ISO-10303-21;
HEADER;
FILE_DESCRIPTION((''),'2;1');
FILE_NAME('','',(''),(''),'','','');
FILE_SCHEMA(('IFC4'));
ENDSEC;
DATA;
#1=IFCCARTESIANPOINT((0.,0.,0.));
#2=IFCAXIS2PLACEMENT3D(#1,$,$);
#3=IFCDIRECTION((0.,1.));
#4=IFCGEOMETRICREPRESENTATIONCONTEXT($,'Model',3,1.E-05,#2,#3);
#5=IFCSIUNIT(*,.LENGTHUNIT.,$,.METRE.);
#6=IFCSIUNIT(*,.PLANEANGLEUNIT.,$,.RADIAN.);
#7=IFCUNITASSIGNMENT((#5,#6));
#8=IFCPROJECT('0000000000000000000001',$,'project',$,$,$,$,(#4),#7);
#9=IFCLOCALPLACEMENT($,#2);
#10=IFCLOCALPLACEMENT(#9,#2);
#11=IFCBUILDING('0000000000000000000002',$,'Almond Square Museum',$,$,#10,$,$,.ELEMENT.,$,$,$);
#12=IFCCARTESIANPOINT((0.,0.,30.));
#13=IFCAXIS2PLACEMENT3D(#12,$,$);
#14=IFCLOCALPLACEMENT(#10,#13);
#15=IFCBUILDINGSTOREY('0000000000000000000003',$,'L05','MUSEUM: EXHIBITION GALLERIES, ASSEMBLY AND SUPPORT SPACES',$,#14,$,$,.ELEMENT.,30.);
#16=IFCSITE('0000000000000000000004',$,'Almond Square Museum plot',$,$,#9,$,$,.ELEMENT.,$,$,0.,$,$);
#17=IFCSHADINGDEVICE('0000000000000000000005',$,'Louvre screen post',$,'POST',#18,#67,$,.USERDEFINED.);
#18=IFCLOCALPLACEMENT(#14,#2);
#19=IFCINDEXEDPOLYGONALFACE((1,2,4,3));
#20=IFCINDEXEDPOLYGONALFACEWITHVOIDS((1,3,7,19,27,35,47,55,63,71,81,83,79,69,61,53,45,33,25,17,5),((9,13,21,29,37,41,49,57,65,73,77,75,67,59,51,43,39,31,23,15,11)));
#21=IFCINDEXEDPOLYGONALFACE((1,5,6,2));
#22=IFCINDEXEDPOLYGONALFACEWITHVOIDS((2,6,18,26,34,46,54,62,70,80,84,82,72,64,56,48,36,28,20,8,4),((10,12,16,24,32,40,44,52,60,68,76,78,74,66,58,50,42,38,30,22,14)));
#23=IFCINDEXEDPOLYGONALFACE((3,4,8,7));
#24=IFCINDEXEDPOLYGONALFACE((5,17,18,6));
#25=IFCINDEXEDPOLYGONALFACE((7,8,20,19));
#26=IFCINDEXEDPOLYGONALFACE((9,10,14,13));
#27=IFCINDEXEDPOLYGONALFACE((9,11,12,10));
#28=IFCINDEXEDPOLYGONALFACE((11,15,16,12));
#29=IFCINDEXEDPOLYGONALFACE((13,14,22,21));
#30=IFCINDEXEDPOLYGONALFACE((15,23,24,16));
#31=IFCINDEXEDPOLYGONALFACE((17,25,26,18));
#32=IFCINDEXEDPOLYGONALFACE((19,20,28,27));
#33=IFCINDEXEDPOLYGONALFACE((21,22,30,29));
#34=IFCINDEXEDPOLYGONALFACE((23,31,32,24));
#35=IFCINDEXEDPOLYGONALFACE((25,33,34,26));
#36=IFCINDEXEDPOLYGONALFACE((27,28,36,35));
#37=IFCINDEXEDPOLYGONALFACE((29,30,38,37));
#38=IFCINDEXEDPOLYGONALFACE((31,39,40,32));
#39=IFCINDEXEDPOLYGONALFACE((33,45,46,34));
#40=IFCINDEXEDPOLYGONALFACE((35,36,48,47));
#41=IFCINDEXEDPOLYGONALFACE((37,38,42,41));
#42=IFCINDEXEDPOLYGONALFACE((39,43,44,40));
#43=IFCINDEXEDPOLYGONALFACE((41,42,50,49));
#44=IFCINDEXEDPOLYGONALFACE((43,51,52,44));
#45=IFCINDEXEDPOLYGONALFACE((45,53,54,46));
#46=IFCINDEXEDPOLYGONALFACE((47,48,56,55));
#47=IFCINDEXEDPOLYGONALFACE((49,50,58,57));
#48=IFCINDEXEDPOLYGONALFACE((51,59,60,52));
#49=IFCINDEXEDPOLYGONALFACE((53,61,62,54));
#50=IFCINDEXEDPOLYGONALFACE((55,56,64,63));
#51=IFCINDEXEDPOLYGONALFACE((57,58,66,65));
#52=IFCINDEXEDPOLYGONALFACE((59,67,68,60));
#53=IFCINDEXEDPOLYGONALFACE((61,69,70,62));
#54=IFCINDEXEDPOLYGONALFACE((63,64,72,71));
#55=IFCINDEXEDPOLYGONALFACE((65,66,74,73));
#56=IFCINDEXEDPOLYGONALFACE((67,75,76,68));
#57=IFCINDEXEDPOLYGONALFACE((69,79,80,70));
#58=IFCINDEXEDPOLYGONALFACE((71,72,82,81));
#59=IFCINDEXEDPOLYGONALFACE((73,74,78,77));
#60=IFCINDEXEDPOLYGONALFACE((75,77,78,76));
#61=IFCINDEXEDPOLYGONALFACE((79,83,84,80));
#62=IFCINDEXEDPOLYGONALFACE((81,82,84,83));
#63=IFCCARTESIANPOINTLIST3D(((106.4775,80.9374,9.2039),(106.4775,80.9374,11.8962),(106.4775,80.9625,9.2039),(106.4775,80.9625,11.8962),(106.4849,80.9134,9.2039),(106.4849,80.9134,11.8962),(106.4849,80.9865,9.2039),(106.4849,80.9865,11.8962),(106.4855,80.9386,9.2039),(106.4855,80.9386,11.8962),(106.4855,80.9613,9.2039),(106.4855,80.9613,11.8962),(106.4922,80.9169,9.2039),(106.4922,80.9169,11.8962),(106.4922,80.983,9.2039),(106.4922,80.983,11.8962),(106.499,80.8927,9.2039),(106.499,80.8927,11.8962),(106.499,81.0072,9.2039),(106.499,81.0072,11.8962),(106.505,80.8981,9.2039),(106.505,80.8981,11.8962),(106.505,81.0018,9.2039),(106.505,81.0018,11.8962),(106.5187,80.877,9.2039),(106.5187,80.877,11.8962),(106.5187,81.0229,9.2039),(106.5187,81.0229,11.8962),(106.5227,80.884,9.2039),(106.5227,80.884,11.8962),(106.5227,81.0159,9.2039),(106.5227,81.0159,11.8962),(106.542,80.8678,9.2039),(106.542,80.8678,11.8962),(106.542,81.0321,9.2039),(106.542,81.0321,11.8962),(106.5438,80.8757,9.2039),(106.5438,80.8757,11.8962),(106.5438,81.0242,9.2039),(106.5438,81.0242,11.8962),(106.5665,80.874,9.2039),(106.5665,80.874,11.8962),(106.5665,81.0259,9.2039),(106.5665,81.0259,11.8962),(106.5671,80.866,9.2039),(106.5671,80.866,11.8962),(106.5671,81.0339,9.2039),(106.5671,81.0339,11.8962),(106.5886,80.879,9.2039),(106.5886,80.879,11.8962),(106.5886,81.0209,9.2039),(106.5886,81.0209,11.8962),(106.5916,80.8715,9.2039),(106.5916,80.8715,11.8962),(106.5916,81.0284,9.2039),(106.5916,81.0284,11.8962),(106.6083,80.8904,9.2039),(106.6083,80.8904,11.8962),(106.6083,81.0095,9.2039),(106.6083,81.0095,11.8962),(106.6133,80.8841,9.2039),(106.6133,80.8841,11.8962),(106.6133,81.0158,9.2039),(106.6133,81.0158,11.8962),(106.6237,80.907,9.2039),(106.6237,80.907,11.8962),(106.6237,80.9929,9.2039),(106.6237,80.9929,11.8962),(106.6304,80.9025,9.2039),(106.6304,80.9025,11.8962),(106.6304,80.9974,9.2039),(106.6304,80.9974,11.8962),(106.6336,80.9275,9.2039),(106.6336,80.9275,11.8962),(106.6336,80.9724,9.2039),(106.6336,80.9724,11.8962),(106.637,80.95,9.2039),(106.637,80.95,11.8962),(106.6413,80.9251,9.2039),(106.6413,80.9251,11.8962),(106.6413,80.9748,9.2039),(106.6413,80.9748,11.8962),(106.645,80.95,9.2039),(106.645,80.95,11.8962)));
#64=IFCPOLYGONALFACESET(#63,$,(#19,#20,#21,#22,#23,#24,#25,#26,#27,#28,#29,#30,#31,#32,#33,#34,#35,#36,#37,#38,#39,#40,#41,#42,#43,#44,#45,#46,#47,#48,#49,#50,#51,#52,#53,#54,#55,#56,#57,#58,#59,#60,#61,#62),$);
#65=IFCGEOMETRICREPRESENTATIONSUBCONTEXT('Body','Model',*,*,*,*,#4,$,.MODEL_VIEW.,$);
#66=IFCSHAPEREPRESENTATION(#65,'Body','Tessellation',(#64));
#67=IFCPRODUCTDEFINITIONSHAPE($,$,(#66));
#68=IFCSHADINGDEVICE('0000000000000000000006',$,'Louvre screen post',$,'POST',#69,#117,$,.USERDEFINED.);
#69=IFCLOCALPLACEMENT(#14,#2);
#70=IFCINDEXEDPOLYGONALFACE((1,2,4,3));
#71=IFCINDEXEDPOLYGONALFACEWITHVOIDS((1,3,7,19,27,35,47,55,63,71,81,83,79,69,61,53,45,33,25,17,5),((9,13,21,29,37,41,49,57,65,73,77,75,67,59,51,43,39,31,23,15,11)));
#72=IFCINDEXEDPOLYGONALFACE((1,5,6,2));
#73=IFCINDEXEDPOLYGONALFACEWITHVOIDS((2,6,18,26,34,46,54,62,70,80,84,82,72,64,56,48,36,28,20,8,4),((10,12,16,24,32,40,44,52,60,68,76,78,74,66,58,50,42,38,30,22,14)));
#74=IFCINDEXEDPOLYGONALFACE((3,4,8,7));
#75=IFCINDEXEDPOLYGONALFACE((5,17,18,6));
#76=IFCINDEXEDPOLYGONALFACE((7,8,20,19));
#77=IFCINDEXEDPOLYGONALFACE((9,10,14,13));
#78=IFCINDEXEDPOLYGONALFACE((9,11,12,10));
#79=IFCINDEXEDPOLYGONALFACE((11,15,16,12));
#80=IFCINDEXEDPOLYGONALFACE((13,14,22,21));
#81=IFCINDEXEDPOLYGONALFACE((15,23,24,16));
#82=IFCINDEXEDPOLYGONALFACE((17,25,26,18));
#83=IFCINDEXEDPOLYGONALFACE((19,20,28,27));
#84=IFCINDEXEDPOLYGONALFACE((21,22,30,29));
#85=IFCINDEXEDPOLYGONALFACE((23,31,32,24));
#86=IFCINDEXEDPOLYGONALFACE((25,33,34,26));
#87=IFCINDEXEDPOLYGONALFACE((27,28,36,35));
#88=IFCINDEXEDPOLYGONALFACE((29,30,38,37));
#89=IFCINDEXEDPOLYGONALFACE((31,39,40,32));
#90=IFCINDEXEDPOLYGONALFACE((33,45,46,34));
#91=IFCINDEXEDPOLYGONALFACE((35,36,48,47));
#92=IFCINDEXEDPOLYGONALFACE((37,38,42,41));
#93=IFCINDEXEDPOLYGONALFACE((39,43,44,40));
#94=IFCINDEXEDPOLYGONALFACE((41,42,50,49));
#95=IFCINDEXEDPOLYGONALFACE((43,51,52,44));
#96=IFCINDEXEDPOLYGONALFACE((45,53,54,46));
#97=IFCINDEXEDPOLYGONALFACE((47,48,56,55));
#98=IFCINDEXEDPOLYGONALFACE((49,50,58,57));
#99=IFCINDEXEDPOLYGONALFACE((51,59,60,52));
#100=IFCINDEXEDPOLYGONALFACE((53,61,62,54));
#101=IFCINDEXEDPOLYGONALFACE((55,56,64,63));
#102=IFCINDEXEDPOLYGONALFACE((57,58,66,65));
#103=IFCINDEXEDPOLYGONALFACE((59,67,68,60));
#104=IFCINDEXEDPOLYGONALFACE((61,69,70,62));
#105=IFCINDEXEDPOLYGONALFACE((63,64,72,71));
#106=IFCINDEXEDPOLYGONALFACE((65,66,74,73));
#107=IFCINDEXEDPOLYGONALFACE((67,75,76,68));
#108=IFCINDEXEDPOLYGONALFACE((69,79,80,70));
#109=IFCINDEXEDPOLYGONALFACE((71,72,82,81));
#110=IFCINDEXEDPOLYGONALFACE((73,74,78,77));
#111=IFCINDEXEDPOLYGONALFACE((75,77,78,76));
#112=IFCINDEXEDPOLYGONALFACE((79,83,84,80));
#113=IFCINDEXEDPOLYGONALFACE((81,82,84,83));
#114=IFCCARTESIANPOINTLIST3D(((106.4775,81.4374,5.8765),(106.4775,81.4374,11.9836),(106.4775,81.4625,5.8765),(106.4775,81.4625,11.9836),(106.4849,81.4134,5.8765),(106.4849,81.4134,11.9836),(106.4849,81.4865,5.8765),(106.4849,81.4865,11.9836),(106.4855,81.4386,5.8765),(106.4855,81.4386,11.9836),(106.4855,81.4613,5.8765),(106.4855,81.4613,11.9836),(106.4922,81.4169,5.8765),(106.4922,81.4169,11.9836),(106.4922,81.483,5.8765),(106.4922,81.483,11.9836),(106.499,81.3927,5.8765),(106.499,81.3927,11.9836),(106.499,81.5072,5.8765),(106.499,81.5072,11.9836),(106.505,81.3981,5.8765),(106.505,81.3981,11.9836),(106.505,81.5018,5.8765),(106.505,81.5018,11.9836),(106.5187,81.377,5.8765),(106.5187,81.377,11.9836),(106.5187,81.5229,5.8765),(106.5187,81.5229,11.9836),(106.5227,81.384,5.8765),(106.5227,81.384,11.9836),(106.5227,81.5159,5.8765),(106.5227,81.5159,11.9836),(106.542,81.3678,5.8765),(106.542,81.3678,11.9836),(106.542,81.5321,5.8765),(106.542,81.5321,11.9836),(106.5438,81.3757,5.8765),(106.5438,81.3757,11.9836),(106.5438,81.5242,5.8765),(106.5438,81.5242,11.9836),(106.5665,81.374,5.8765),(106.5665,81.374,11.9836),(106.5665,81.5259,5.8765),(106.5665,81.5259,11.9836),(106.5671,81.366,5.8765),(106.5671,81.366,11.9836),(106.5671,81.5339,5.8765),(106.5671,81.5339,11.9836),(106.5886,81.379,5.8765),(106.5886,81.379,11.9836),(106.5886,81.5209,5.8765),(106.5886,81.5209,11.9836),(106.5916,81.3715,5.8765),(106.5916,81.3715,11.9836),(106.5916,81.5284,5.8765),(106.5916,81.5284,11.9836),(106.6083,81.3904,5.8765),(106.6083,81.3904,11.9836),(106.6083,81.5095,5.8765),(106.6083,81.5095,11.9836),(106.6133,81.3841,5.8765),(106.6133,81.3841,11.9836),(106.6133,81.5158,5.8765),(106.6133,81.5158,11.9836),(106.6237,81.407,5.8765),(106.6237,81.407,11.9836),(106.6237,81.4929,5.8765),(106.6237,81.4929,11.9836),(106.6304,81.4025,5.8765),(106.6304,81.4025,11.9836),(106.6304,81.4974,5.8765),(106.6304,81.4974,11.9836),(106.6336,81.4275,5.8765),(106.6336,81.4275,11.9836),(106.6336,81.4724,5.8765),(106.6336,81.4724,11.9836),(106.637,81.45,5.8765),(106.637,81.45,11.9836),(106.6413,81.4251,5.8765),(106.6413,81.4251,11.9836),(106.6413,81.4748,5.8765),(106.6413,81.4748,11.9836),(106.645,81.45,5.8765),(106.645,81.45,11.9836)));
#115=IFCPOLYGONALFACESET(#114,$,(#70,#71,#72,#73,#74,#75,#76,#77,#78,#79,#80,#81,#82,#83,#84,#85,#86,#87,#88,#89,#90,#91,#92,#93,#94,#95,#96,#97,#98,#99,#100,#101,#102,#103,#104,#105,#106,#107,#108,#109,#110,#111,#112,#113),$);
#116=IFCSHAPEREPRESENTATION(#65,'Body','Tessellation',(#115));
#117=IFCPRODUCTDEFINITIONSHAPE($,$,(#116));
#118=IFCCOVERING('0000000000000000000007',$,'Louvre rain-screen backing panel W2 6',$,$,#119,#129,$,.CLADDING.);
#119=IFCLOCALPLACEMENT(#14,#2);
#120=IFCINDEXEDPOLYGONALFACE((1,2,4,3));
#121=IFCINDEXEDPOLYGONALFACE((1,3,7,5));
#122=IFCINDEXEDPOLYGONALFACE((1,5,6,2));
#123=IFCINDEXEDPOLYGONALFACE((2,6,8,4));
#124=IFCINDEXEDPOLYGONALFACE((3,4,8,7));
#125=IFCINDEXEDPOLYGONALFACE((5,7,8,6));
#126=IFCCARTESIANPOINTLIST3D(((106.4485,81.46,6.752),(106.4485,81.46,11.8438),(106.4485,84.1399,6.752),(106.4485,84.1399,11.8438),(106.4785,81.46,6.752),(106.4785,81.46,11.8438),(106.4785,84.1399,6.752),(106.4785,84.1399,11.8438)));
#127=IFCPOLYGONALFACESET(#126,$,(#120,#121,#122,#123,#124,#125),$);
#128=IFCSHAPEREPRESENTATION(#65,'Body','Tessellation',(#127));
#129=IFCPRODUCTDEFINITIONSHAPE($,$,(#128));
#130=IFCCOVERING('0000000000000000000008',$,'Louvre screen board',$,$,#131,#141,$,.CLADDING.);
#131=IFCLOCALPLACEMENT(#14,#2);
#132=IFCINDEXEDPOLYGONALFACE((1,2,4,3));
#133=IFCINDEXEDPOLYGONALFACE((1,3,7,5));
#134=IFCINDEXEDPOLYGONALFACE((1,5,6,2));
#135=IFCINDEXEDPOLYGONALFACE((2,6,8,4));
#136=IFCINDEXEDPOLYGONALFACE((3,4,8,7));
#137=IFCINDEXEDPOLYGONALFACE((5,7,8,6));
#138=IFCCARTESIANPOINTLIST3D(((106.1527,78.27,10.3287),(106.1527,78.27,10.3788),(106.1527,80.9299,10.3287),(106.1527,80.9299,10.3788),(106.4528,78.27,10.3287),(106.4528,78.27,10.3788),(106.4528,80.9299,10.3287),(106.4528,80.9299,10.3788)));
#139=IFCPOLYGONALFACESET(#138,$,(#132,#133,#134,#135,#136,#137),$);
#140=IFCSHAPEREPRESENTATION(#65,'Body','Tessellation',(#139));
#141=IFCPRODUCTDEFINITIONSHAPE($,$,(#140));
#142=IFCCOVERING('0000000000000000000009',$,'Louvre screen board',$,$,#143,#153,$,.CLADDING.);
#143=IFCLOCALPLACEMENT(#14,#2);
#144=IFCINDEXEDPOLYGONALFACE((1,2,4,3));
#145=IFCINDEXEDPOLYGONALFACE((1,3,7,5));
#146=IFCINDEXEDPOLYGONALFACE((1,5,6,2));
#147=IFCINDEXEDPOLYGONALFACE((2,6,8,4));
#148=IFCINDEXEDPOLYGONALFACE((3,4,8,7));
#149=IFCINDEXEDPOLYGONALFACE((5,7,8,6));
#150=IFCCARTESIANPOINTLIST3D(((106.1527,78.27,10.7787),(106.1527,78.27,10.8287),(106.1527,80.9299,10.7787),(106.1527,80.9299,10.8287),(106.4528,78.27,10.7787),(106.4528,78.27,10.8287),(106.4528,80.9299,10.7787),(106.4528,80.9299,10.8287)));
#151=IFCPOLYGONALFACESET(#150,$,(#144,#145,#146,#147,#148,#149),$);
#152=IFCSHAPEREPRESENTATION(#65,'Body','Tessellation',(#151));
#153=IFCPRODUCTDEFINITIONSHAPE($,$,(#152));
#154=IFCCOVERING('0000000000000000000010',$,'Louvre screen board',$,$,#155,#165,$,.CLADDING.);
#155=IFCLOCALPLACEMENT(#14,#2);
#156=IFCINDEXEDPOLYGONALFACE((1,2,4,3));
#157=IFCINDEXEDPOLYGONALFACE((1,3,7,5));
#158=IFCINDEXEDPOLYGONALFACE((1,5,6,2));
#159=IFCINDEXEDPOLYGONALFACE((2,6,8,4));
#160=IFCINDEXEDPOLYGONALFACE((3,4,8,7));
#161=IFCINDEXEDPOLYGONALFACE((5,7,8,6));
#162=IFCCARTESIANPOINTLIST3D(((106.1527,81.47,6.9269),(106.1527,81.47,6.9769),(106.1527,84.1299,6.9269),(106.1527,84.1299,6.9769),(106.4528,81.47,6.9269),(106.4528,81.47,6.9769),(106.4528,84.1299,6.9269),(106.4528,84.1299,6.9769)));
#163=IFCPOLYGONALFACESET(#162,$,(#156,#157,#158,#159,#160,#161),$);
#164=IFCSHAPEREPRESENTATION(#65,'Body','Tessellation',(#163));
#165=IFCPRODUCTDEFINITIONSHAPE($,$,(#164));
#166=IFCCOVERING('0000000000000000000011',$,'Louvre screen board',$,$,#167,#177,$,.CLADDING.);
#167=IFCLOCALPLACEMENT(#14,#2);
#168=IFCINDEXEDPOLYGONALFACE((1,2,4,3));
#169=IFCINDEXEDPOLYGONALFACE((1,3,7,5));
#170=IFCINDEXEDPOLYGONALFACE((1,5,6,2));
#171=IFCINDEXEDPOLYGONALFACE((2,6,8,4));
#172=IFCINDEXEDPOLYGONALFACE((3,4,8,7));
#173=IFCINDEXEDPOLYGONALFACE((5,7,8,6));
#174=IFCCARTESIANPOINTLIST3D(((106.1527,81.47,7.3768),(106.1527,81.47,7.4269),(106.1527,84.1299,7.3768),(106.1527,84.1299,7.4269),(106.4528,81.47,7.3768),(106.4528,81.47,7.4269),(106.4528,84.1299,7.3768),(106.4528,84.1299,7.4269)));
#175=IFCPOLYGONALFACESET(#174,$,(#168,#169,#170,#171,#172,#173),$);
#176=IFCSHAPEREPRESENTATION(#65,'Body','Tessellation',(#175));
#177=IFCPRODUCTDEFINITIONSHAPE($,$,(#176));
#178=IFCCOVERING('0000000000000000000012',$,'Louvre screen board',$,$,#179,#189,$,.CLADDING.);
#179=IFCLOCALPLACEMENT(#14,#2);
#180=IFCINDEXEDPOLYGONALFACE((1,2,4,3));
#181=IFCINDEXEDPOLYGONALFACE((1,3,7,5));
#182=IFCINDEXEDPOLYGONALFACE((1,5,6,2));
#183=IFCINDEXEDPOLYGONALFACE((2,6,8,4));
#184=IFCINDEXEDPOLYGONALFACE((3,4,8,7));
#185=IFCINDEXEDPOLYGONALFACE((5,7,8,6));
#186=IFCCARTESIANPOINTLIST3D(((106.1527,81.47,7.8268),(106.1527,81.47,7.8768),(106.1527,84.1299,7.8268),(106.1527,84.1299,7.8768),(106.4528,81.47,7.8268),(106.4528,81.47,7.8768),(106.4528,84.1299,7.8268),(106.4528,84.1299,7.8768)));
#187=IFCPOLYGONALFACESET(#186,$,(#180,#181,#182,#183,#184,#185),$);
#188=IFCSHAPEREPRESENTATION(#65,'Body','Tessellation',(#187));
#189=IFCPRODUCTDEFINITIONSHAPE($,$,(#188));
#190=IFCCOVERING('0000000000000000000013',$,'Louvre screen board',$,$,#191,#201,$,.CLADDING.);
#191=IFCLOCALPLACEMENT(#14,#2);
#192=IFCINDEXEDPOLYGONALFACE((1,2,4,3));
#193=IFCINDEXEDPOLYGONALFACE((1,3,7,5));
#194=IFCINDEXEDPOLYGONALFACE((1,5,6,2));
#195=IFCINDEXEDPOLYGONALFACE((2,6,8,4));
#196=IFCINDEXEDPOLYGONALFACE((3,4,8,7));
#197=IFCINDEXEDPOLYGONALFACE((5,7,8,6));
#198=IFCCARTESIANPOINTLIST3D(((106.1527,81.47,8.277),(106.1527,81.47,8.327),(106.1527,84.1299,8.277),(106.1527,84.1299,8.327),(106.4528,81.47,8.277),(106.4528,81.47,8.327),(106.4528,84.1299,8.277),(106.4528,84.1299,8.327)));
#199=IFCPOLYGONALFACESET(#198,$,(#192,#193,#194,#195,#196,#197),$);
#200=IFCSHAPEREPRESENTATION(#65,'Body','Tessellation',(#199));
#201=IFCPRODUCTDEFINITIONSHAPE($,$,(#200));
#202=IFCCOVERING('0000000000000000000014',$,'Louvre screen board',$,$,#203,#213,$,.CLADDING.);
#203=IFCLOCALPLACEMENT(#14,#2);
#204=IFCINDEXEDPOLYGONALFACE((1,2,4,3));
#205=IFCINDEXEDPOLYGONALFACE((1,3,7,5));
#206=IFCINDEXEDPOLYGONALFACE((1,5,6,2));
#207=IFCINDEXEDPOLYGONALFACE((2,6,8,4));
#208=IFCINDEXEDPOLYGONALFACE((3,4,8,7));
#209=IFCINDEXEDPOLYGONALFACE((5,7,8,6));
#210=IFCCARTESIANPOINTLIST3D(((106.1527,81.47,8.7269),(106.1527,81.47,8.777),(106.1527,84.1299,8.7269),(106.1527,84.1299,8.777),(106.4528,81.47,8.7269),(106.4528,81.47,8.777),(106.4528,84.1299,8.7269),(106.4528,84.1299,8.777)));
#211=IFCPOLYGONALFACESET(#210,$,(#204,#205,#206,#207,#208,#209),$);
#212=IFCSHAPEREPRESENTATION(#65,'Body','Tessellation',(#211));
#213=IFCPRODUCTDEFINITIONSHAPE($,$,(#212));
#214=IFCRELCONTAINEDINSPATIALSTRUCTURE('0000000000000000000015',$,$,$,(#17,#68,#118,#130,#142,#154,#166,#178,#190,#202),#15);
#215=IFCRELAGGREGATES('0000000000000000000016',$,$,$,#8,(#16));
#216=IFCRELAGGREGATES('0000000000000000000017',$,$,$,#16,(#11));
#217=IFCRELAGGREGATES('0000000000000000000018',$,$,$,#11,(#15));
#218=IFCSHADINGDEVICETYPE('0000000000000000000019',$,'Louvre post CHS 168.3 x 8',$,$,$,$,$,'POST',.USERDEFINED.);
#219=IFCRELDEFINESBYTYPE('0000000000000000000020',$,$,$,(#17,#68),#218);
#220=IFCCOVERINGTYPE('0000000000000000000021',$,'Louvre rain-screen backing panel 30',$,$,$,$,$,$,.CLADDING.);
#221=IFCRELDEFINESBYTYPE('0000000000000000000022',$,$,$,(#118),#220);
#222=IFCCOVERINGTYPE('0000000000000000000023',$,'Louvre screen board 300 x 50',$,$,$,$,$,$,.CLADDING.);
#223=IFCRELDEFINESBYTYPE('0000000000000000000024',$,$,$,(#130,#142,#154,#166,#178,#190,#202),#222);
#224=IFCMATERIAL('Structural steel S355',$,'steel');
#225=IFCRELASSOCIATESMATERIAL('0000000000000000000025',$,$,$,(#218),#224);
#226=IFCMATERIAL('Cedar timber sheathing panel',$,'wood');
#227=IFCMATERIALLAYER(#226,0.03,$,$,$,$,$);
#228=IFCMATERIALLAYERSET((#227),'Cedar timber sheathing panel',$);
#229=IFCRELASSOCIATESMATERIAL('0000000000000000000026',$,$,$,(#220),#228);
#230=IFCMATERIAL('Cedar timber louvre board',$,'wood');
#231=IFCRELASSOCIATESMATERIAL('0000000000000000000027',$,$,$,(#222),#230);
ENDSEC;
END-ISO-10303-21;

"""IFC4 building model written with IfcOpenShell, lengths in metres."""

from ifc_helpers import new_model, si_unit, direction, frame, origin, origin_2d, place, context, subcontext, project, spatial, polyline, rectangle, hollow_circle, outline, extrude, material, layer, layer_set, material_profile, profile_set, type_object, element, save


model = new_model("IFC4")

# Units and contexts
model_context = context("Model", 3, precision=1e-05, world=origin(), true_north=direction((0.0, 1.0)))
body_context = subcontext(model_context, "Body", "Model", "MODEL_VIEW")
ifc_project = project(units=[si_unit("LENGTHUNIT", "METRE"), si_unit("PLANEANGLEUNIT", "RADIAN")], contexts=[model_context])

# Site, building, storey
site_placement = place(None, origin())
site = spatial("IfcSite", under=ifc_project, at=site_placement, Name="Almond Square Museum plot", CompositionType="ELEMENT", RefElevation=0.0)
building_placement = place(site_placement, origin())
building = spatial("IfcBuilding", under=site, at=building_placement, Name="Almond Square Museum", CompositionType="ELEMENT")
storey_placement = place(building_placement, frame((0.0, 0.0, 30.0)))
storey = spatial("IfcBuildingStorey", under=building, at=storey_placement, Name="L05", Description="MUSEUM: EXHIBITION GALLERIES, ASSEMBLY AND SUPPORT SPACES", CompositionType="ELEMENT", Elevation=30.0)

# Shading devices
ifc_material_1 = material(Name="Structural steel S355", Category="steel")
ifc_material_profile_1 = material_profile(ifc_material_1, hollow_circle(Radius=0.0842, WallThickness=0.0081, at=origin_2d()))
ifc_profile_set_1 = profile_set([ifc_material_profile_1], Name="Structural steel S355")
shading_device_type = type_object("IfcShadingDeviceType", Name="Louvre post CHS 168.3 x 8", ElementType="POST", PredefinedType="USERDEFINED", material=ifc_profile_set_1)
shading_device_1_placement = place(storey_placement, frame((106.5608, 80.95, 9.2039), z_axis=(0.0, 0.0, 1.0), x_axis=(1.0, 0.0, 0.0)))
element("IfcShadingDevice", 1, at=shading_device_1_placement, inside=storey, type_object=shading_device_type, Name="Louvre screen post", ObjectType="POST", PredefinedType="USERDEFINED", context=body_context, shape_type="SweptSolid", body=[
    extrude(hollow_circle(Radius=0.0842, WallThickness=0.0081, at=origin_2d()), origin(), (0.0, 0.0, 1.0), 2.6924),
])
shading_device_2_placement = place(storey_placement, frame((106.5608, 81.45, 5.8765), z_axis=(0.0, 0.0, 1.0), x_axis=(1.0, 0.0, 0.0)))
element("IfcShadingDevice", 2, at=shading_device_2_placement, inside=storey, type_object=shading_device_type, Name="Louvre screen post", ObjectType="POST", PredefinedType="USERDEFINED", context=body_context, shape_type="SweptSolid", body=[
    extrude(hollow_circle(Radius=0.0842, WallThickness=0.0081, at=origin_2d()), origin(), (0.0, 0.0, 1.0), 6.1072),
])

# Coverings
ifc_material_2 = material(Name="Cedar timber sheathing panel", Category="wood")
ifc_layer = layer(ifc_material_2, 0.03)
ifc_layer_set = layer_set([ifc_layer], Name="Cedar timber sheathing panel")
covering_type_1 = type_object("IfcCoveringType", Name="Louvre rain-screen backing panel 30", PredefinedType="CLADDING", material=ifc_layer_set)
covering_1_placement = place(storey_placement, frame((106.4636, 81.46, 6.752), z_axis=(1.0, 0.0, 0.0), x_axis=(0.0, 1.0, 0.0)))
element("IfcCovering", 3, at=covering_1_placement, inside=storey, type_object=covering_type_1, Name="Louvre rain-screen backing panel W2 6", PredefinedType="CLADDING", context=body_context, shape_type="SweptSolid", body=[
    extrude(outline(polyline([(0.0, 0.0), (2.6799, 0.0), (2.6799, 5.0918), (0.0, 5.0918), (0.0, 0.0)])), frame((0.0, 0.0, -0.0151)), (0.0, 0.0, 1.0), 0.03),
])
ifc_material_3 = material(Name="Cedar timber louvre board", Category="wood")
ifc_material_profile_2 = material_profile(ifc_material_3, rectangle(XDim=0.3, YDim=0.05, at=origin_2d()))
ifc_profile_set_2 = profile_set([ifc_material_profile_2], Name="Cedar timber louvre board")
covering_type_2 = type_object("IfcCoveringType", Name="Louvre screen board 300 x 50", PredefinedType="CLADDING", material=ifc_profile_set_2)
for number, where, z_axis, x_axis, name in (
    (4, (106.3027, 78.27, 10.3538), (0.0, 1.0, 0.0), (-1.0, 0.0, 0.0), "Louvre screen board"),
    (5, (106.3027, 78.27, 10.8037), (0.0, 1.0, 0.0), (-1.0, 0.0, 0.0), "Louvre screen board"),
    (6, (106.3027, 81.47, 6.9519), (0.0, 1.0, 0.0), (-1.0, 0.0, 0.0), "Louvre screen board"),
    (7, (106.3027, 81.47, 7.4019), (0.0, 1.0, 0.0), (-1.0, 0.0, 0.0), "Louvre screen board"),
    (8, (106.3027, 81.47, 7.8518), (0.0, 1.0, 0.0), (-1.0, 0.0, 0.0), "Louvre screen board"),
    (9, (106.3027, 81.47, 8.302), (0.0, 1.0, 0.0), (-1.0, 0.0, 0.0), "Louvre screen board"),
    (10, (106.3027, 81.47, 8.752), (0.0, 1.0, 0.0), (-1.0, 0.0, 0.0), "Louvre screen board"),
):
    element("IfcCovering", number, at=place(storey_placement, frame(where, z_axis=z_axis, x_axis=x_axis)), inside=storey, type_object=covering_type_2, Name=name, PredefinedType="CLADDING", context=body_context, shape_type="SweptSolid", body=[
        extrude(rectangle(XDim=0.3, YDim=0.05, at=origin_2d()), origin(), (0.0, 0.0, 1.0), 2.6599),
    ])

save(model, "model.ifc")
